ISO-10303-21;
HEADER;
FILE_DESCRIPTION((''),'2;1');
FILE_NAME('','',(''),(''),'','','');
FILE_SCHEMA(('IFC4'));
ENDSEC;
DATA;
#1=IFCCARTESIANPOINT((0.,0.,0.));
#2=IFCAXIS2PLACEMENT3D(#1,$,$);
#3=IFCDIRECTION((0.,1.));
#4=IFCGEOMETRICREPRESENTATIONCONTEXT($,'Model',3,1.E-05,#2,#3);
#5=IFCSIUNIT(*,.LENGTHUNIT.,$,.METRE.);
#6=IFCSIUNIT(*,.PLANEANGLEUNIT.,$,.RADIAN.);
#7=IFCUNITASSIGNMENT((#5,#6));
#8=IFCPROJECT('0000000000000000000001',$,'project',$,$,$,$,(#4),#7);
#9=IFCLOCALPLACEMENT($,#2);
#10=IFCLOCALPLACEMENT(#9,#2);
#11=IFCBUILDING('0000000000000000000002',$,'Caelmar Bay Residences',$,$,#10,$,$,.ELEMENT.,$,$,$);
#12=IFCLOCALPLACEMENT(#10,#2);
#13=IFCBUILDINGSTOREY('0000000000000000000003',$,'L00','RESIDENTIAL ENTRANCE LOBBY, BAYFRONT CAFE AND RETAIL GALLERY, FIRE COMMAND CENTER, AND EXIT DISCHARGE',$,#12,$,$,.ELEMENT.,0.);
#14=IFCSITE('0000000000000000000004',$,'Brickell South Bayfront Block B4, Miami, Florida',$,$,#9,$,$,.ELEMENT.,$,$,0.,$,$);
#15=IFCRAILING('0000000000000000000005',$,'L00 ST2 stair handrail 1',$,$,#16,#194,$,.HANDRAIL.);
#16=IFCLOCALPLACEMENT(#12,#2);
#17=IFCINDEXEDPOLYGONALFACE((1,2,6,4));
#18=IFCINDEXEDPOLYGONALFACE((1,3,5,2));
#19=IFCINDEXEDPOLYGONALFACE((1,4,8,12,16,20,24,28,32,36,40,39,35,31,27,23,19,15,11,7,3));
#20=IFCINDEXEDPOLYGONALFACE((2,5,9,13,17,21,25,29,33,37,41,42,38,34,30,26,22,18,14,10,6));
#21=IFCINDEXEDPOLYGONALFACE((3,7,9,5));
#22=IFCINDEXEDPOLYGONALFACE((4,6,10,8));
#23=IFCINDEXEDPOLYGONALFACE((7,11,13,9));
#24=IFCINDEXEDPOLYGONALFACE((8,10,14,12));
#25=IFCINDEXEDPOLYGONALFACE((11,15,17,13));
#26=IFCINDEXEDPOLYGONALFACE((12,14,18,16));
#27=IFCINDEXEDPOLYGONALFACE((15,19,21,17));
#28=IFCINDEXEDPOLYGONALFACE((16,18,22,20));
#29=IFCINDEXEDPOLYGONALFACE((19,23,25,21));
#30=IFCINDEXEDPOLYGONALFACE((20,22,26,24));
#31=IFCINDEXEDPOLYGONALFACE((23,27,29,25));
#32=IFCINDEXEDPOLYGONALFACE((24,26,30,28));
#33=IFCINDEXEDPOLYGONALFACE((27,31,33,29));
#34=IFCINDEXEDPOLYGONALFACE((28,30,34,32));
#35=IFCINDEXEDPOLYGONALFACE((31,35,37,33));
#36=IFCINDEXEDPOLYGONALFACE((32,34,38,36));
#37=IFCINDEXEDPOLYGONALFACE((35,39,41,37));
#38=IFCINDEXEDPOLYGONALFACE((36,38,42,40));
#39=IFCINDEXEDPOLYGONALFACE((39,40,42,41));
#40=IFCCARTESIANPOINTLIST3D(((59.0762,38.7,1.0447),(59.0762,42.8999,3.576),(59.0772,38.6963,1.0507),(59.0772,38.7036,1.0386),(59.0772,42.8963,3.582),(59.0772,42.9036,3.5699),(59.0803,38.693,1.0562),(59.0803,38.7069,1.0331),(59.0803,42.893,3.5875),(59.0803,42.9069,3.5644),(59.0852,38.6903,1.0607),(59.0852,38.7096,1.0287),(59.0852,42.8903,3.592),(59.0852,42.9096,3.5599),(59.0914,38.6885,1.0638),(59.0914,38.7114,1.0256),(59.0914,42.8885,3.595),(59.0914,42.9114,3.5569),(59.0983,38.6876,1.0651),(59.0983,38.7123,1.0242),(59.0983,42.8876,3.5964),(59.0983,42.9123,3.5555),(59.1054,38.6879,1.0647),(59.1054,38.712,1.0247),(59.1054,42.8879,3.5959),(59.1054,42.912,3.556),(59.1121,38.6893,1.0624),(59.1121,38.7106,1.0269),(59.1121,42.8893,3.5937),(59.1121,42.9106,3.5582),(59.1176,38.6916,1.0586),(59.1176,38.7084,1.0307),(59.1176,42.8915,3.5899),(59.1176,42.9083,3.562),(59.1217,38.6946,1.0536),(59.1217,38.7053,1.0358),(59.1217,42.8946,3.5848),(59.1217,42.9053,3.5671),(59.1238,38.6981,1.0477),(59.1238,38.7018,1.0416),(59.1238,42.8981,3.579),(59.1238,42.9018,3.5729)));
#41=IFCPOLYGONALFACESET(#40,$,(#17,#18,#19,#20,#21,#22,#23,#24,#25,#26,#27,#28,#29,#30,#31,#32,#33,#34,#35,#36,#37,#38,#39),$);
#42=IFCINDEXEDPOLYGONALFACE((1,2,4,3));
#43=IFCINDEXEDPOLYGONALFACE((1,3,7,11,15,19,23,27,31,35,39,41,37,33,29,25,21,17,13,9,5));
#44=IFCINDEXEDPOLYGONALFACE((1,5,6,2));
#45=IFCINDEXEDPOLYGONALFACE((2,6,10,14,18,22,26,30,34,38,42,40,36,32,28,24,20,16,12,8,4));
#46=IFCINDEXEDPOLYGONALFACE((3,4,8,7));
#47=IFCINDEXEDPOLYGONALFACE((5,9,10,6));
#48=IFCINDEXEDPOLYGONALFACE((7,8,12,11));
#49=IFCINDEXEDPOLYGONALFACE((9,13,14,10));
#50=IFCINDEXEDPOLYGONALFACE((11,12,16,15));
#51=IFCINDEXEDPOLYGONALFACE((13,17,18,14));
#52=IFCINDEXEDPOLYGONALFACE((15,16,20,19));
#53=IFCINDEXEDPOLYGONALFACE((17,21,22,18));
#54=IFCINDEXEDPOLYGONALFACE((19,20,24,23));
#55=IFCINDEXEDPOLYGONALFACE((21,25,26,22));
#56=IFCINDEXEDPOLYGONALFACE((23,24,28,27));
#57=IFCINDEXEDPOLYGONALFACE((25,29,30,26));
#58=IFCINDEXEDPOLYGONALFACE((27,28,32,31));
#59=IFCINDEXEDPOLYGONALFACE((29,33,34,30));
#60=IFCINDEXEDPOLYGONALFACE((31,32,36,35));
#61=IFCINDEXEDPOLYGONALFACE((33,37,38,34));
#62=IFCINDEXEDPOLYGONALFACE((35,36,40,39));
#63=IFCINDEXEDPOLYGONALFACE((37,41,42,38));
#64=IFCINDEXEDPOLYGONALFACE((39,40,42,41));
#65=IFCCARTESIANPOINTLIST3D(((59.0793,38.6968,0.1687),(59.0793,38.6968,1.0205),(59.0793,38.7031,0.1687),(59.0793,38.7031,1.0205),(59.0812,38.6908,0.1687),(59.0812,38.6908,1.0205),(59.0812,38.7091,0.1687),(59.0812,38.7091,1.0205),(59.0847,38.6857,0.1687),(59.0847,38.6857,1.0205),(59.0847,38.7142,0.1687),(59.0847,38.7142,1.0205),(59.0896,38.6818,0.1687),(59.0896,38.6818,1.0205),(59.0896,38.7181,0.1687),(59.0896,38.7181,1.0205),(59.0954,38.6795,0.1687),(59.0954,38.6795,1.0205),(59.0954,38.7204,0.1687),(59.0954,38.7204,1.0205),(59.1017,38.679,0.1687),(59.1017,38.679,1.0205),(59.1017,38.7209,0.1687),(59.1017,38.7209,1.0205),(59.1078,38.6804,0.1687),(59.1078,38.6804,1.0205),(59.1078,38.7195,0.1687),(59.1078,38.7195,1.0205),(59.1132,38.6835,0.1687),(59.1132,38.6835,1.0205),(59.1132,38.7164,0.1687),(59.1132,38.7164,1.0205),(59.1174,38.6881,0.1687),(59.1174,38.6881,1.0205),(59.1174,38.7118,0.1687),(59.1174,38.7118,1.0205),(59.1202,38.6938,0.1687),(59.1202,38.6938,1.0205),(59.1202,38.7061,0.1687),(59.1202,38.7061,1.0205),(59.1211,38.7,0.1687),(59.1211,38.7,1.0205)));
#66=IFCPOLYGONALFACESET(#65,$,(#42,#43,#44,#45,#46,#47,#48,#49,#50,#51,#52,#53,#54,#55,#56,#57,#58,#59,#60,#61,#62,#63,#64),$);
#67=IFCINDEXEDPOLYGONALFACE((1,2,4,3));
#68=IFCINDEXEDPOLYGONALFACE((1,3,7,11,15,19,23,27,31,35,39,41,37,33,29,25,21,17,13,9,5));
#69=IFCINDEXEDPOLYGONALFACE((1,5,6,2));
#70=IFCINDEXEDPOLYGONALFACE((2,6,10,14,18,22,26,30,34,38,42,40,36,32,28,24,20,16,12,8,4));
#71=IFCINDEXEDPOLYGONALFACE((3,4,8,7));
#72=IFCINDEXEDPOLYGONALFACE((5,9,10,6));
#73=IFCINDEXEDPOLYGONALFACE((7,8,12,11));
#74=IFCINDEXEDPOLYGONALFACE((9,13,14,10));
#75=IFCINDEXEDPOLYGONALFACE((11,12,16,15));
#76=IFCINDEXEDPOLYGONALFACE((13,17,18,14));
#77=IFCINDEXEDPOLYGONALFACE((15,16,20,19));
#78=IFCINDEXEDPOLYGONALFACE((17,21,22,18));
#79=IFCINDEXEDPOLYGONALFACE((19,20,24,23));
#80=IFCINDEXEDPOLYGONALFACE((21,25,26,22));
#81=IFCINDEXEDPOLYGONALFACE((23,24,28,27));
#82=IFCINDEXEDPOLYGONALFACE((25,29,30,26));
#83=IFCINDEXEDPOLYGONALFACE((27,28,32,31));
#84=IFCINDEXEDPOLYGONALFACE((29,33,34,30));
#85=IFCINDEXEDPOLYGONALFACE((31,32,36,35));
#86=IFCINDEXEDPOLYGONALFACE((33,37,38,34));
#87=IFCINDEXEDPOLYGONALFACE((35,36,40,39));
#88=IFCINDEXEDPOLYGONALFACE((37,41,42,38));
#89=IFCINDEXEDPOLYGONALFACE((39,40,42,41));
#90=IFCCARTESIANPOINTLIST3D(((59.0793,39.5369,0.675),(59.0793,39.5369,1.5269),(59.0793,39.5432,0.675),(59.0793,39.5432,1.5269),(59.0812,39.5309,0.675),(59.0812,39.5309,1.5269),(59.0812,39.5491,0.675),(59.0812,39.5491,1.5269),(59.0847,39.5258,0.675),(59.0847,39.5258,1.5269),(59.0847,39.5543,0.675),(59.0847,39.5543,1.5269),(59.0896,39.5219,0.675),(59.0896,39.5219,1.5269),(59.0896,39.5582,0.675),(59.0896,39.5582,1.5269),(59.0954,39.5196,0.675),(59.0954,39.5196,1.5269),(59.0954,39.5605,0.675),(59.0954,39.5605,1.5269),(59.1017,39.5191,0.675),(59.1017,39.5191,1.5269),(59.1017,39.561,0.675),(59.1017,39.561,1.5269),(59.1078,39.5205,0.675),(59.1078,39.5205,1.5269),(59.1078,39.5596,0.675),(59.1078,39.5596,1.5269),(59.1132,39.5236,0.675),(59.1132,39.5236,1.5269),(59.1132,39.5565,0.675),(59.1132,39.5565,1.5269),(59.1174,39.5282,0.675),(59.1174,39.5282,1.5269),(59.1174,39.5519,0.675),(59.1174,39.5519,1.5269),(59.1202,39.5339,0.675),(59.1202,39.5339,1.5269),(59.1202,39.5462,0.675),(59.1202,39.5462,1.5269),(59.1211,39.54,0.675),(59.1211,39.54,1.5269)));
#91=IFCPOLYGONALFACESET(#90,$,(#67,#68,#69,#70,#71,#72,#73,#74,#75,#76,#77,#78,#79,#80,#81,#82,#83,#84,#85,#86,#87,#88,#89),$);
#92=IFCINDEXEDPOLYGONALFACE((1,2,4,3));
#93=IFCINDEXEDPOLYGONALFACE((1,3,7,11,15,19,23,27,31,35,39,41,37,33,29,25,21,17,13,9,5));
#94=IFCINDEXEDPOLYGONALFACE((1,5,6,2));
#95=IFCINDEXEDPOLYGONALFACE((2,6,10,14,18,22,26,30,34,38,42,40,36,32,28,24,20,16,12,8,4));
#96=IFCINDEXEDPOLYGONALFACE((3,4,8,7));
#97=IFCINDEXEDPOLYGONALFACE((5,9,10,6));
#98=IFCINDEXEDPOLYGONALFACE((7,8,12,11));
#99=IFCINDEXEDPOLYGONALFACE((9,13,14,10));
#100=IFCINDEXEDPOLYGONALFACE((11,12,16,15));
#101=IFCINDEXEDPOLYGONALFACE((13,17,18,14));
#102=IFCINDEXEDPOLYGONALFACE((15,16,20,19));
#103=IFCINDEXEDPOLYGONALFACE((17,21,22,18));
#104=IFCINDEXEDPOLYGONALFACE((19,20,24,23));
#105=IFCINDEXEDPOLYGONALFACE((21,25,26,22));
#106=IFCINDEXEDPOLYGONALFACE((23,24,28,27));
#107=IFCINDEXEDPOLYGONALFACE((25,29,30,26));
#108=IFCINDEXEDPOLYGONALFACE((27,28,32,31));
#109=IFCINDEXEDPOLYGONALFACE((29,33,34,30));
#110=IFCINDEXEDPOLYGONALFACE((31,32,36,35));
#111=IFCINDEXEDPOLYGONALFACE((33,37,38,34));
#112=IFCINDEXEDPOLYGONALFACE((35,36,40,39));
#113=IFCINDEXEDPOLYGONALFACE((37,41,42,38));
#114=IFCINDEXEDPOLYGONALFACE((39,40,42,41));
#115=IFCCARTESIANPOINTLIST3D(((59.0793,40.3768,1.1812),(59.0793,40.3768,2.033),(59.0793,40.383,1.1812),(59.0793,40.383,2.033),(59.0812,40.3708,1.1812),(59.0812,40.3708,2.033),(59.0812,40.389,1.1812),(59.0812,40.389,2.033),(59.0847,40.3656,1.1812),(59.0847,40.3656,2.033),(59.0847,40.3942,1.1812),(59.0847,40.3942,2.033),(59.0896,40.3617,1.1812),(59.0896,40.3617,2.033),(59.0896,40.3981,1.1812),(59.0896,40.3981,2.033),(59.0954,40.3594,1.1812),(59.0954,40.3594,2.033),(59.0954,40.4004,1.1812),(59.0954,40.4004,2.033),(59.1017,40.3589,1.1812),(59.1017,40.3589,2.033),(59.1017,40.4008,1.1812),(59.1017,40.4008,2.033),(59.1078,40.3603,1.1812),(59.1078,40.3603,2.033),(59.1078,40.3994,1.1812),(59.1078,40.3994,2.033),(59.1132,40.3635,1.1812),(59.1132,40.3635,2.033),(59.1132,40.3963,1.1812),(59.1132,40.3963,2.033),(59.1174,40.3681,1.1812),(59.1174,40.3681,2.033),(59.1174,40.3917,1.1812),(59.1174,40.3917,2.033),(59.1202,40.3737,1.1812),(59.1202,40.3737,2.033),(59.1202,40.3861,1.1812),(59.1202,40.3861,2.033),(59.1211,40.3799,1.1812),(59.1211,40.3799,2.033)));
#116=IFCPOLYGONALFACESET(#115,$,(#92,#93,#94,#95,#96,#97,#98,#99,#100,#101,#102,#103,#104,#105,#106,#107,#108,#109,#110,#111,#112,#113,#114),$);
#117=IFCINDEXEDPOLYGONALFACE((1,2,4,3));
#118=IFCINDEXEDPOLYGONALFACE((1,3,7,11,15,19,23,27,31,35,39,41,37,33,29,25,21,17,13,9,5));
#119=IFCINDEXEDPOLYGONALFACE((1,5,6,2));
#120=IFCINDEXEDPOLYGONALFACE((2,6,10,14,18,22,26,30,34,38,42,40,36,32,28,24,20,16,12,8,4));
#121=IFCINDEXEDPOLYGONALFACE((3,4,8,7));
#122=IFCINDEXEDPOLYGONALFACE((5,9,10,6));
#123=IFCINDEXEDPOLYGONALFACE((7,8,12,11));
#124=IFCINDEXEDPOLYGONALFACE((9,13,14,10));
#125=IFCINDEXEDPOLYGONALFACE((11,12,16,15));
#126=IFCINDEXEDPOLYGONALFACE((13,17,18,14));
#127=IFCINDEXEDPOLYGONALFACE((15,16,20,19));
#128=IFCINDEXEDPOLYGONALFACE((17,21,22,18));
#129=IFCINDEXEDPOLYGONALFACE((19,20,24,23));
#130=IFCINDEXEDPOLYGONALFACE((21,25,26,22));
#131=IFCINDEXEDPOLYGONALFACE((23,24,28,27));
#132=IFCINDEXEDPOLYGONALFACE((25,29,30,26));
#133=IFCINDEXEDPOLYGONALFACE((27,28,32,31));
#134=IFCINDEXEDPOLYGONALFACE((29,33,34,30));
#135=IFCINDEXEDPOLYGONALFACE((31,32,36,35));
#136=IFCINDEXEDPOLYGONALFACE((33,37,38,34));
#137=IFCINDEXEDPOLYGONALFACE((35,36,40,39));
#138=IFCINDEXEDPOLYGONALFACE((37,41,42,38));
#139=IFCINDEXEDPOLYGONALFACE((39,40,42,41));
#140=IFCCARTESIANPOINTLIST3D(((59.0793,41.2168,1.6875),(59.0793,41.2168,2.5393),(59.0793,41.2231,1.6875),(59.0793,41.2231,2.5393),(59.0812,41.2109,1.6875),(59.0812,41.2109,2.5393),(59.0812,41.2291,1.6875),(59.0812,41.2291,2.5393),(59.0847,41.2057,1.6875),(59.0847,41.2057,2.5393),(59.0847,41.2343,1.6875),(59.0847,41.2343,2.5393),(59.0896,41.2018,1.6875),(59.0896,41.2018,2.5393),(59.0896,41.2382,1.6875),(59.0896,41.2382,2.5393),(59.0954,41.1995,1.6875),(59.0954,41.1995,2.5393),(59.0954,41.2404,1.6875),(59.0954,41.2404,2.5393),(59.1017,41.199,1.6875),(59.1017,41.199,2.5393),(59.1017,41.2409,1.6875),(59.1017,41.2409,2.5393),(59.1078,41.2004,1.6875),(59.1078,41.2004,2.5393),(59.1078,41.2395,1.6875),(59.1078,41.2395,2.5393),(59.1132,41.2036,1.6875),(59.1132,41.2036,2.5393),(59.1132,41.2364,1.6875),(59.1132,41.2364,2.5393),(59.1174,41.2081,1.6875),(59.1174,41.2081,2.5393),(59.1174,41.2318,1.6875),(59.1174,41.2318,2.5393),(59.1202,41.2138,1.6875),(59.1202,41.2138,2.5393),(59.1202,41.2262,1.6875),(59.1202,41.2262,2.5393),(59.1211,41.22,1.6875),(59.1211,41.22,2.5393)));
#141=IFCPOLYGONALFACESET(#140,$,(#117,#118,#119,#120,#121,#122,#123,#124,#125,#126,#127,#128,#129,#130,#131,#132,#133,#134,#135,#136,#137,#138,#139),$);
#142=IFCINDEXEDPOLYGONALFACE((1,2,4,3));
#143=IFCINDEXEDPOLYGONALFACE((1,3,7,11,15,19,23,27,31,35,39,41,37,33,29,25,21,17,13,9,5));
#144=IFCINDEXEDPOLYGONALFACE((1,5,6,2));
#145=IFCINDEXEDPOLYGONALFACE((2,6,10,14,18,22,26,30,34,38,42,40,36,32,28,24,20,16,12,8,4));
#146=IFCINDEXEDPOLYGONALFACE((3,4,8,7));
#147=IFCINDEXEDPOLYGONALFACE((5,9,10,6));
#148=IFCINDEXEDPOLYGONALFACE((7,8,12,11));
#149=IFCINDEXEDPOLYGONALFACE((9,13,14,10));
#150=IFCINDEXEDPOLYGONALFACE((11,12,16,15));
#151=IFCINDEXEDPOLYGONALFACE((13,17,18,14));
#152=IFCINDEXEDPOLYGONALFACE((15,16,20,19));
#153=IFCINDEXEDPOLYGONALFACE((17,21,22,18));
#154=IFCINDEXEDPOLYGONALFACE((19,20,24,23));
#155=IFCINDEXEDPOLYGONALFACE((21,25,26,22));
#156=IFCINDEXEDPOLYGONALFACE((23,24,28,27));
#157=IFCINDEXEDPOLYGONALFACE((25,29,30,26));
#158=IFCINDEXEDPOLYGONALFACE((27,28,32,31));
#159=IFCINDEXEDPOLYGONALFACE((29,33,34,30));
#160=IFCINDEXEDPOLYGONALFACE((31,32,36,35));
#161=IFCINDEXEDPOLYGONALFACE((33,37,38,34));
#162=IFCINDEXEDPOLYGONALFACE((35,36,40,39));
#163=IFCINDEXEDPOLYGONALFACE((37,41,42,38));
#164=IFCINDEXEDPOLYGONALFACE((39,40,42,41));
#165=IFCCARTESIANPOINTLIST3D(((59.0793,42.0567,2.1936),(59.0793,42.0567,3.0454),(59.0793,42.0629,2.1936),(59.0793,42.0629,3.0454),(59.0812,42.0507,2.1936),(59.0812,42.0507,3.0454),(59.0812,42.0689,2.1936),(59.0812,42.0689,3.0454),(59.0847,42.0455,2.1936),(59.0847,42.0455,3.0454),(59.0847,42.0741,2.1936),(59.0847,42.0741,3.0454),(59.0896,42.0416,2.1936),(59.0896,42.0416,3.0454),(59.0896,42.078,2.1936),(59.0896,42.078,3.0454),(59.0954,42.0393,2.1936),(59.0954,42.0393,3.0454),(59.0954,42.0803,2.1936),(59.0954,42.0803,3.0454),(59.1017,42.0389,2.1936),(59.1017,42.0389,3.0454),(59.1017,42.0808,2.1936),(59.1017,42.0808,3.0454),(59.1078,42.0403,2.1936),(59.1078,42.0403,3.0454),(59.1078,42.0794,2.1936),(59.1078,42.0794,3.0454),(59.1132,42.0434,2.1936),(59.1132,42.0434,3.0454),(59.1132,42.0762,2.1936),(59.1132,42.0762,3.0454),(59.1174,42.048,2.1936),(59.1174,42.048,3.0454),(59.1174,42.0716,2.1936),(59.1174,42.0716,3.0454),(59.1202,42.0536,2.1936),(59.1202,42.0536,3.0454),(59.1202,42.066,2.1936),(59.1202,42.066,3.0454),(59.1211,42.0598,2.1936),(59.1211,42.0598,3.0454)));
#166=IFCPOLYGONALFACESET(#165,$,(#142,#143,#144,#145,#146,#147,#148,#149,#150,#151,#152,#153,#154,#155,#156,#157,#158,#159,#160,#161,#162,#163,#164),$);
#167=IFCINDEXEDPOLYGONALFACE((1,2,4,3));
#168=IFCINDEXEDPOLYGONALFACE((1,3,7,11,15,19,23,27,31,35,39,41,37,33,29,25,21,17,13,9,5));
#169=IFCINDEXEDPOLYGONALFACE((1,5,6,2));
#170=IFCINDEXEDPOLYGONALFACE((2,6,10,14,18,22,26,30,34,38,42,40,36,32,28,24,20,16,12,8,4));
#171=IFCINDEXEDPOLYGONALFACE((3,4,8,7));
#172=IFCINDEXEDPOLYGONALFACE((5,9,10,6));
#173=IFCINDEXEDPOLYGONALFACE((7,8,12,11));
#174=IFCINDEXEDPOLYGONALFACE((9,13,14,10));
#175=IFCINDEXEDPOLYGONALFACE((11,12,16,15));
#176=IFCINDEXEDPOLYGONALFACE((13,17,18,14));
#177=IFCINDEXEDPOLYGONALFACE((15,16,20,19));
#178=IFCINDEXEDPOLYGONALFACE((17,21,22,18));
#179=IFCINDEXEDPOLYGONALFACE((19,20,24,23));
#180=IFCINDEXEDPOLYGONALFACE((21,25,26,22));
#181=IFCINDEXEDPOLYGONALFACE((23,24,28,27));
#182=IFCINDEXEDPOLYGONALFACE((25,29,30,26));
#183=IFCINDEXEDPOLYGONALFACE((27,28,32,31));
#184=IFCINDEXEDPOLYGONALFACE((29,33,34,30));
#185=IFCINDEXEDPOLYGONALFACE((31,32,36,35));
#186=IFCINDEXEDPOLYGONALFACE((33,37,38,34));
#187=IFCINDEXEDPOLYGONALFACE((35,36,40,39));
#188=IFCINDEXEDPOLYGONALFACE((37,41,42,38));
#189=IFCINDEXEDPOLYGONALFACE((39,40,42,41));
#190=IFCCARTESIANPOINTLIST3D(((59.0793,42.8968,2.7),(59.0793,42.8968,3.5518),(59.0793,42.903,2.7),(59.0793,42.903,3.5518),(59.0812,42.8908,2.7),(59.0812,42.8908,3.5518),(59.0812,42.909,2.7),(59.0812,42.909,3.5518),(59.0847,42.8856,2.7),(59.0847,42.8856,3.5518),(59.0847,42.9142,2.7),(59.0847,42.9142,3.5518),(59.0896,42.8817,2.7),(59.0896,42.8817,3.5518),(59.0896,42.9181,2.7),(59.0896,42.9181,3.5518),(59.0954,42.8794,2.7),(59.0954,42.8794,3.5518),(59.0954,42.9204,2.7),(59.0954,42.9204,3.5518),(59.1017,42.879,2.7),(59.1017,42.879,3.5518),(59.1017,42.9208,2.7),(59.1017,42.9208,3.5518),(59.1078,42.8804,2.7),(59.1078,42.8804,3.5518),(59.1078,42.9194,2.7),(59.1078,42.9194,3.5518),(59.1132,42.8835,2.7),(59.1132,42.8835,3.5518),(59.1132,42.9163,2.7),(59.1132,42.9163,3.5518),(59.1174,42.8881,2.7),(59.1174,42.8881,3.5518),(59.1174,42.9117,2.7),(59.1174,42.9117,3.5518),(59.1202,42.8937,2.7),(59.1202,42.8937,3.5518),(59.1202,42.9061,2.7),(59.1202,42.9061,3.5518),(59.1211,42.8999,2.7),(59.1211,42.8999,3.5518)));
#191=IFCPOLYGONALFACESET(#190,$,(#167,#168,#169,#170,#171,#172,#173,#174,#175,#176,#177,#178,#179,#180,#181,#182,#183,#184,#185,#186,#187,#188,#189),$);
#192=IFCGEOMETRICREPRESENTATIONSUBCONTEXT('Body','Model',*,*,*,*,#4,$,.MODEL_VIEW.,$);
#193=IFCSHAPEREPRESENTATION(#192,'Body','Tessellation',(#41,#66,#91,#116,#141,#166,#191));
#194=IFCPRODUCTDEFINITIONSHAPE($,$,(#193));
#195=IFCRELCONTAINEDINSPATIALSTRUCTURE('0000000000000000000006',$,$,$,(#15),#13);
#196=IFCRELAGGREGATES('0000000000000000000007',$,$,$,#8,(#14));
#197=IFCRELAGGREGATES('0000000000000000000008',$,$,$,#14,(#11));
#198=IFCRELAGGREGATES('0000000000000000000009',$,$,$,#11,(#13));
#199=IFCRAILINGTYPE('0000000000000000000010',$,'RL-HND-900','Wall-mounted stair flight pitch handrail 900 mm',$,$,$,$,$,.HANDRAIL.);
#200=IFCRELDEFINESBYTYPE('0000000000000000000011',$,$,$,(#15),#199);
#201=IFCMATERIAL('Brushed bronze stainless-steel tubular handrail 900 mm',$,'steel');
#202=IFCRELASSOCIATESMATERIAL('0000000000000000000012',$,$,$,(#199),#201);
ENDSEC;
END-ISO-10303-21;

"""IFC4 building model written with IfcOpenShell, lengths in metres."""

from ifc_helpers import new_model, si_unit, direction, frame, origin, origin_2d, place, context, subcontext, project, spatial, circle, extrude, material, type_object, element, save


model = new_model("IFC4")

# Units and contexts
model_context = context("Model", 3, precision=1e-05, world=origin(), true_north=direction((0.0, 1.0)))
body_context = subcontext(model_context, "Body", "Model", "MODEL_VIEW")
ifc_project = project(units=[si_unit("LENGTHUNIT", "METRE"), si_unit("PLANEANGLEUNIT", "RADIAN")], contexts=[model_context])

# Site, building, storey
site_placement = place(None, origin())
site = spatial("IfcSite", under=ifc_project, at=site_placement, Name="Brickell South Bayfront Block B4, Miami, Florida", CompositionType="ELEMENT", RefElevation=0.0)
building_placement = place(site_placement, origin())
building = spatial("IfcBuilding", under=site, at=building_placement, Name="Caelmar Bay Residences", CompositionType="ELEMENT")
storey_placement = place(building_placement, origin())
storey = spatial("IfcBuildingStorey", under=building, at=storey_placement, Name="L00", Description="RESIDENTIAL ENTRANCE LOBBY, BAYFRONT CAFE AND RETAIL GALLERY, FIRE COMMAND CENTER, AND EXIT DISCHARGE", CompositionType="ELEMENT", Elevation=0.0)

# Railing
ifc_material_1 = material(Name="Brushed bronze stainless-steel tubular handrail 900 mm", Category="steel")
railing_type = type_object("IfcRailingType", Name="RL-HND-900", Description="Wall-mounted stair flight pitch handrail 900 mm", PredefinedType="HANDRAIL", material=ifc_material_1)
railing_placement = place(storey_placement, frame((59.1001, 38.7, 0.1687)))
element("IfcRailing", 1, at=railing_placement, inside=storey, type_object=railing_type, Name="L00 ST2 stair handrail 1", PredefinedType="HANDRAIL", context=body_context, shape_type="SweptSolid", body=[
    extrude(circle(Radius=0.0239, at=origin_2d()), frame((0.0, 0.0, 0.876), z_axis=(0.0, 0.856476, 0.516186), x_axis=(-1.0, 0.0, 0.0)), (0.0, 0.0, 1.0), 4.9038),
    extrude(circle(Radius=0.021, at=origin_2d()), origin(), (0.0, 0.0, 1.0), 0.8518),
    extrude(circle(Radius=0.021, at=origin_2d()), frame((0.0, 0.8401, 0.5063)), (0.0, 0.0, 1.0), 0.8518),
    extrude(circle(Radius=0.021, at=origin_2d()), frame((0.0, 1.6799, 1.0125)), (0.0, 0.0, 1.0), 0.8518),
    extrude(circle(Radius=0.021, at=origin_2d()), frame((0.0, 2.52, 1.5188)), (0.0, 0.0, 1.0), 0.8518),
    extrude(circle(Radius=0.021, at=origin_2d()), frame((0.0, 3.3599, 2.0249)), (0.0, 0.0, 1.0), 0.8518),
    extrude(circle(Radius=0.021, at=origin_2d()), frame((0.0, 4.2, 2.5312)), (0.0, 0.0, 1.0), 0.8518),
])

save(model, "model.ifc")
